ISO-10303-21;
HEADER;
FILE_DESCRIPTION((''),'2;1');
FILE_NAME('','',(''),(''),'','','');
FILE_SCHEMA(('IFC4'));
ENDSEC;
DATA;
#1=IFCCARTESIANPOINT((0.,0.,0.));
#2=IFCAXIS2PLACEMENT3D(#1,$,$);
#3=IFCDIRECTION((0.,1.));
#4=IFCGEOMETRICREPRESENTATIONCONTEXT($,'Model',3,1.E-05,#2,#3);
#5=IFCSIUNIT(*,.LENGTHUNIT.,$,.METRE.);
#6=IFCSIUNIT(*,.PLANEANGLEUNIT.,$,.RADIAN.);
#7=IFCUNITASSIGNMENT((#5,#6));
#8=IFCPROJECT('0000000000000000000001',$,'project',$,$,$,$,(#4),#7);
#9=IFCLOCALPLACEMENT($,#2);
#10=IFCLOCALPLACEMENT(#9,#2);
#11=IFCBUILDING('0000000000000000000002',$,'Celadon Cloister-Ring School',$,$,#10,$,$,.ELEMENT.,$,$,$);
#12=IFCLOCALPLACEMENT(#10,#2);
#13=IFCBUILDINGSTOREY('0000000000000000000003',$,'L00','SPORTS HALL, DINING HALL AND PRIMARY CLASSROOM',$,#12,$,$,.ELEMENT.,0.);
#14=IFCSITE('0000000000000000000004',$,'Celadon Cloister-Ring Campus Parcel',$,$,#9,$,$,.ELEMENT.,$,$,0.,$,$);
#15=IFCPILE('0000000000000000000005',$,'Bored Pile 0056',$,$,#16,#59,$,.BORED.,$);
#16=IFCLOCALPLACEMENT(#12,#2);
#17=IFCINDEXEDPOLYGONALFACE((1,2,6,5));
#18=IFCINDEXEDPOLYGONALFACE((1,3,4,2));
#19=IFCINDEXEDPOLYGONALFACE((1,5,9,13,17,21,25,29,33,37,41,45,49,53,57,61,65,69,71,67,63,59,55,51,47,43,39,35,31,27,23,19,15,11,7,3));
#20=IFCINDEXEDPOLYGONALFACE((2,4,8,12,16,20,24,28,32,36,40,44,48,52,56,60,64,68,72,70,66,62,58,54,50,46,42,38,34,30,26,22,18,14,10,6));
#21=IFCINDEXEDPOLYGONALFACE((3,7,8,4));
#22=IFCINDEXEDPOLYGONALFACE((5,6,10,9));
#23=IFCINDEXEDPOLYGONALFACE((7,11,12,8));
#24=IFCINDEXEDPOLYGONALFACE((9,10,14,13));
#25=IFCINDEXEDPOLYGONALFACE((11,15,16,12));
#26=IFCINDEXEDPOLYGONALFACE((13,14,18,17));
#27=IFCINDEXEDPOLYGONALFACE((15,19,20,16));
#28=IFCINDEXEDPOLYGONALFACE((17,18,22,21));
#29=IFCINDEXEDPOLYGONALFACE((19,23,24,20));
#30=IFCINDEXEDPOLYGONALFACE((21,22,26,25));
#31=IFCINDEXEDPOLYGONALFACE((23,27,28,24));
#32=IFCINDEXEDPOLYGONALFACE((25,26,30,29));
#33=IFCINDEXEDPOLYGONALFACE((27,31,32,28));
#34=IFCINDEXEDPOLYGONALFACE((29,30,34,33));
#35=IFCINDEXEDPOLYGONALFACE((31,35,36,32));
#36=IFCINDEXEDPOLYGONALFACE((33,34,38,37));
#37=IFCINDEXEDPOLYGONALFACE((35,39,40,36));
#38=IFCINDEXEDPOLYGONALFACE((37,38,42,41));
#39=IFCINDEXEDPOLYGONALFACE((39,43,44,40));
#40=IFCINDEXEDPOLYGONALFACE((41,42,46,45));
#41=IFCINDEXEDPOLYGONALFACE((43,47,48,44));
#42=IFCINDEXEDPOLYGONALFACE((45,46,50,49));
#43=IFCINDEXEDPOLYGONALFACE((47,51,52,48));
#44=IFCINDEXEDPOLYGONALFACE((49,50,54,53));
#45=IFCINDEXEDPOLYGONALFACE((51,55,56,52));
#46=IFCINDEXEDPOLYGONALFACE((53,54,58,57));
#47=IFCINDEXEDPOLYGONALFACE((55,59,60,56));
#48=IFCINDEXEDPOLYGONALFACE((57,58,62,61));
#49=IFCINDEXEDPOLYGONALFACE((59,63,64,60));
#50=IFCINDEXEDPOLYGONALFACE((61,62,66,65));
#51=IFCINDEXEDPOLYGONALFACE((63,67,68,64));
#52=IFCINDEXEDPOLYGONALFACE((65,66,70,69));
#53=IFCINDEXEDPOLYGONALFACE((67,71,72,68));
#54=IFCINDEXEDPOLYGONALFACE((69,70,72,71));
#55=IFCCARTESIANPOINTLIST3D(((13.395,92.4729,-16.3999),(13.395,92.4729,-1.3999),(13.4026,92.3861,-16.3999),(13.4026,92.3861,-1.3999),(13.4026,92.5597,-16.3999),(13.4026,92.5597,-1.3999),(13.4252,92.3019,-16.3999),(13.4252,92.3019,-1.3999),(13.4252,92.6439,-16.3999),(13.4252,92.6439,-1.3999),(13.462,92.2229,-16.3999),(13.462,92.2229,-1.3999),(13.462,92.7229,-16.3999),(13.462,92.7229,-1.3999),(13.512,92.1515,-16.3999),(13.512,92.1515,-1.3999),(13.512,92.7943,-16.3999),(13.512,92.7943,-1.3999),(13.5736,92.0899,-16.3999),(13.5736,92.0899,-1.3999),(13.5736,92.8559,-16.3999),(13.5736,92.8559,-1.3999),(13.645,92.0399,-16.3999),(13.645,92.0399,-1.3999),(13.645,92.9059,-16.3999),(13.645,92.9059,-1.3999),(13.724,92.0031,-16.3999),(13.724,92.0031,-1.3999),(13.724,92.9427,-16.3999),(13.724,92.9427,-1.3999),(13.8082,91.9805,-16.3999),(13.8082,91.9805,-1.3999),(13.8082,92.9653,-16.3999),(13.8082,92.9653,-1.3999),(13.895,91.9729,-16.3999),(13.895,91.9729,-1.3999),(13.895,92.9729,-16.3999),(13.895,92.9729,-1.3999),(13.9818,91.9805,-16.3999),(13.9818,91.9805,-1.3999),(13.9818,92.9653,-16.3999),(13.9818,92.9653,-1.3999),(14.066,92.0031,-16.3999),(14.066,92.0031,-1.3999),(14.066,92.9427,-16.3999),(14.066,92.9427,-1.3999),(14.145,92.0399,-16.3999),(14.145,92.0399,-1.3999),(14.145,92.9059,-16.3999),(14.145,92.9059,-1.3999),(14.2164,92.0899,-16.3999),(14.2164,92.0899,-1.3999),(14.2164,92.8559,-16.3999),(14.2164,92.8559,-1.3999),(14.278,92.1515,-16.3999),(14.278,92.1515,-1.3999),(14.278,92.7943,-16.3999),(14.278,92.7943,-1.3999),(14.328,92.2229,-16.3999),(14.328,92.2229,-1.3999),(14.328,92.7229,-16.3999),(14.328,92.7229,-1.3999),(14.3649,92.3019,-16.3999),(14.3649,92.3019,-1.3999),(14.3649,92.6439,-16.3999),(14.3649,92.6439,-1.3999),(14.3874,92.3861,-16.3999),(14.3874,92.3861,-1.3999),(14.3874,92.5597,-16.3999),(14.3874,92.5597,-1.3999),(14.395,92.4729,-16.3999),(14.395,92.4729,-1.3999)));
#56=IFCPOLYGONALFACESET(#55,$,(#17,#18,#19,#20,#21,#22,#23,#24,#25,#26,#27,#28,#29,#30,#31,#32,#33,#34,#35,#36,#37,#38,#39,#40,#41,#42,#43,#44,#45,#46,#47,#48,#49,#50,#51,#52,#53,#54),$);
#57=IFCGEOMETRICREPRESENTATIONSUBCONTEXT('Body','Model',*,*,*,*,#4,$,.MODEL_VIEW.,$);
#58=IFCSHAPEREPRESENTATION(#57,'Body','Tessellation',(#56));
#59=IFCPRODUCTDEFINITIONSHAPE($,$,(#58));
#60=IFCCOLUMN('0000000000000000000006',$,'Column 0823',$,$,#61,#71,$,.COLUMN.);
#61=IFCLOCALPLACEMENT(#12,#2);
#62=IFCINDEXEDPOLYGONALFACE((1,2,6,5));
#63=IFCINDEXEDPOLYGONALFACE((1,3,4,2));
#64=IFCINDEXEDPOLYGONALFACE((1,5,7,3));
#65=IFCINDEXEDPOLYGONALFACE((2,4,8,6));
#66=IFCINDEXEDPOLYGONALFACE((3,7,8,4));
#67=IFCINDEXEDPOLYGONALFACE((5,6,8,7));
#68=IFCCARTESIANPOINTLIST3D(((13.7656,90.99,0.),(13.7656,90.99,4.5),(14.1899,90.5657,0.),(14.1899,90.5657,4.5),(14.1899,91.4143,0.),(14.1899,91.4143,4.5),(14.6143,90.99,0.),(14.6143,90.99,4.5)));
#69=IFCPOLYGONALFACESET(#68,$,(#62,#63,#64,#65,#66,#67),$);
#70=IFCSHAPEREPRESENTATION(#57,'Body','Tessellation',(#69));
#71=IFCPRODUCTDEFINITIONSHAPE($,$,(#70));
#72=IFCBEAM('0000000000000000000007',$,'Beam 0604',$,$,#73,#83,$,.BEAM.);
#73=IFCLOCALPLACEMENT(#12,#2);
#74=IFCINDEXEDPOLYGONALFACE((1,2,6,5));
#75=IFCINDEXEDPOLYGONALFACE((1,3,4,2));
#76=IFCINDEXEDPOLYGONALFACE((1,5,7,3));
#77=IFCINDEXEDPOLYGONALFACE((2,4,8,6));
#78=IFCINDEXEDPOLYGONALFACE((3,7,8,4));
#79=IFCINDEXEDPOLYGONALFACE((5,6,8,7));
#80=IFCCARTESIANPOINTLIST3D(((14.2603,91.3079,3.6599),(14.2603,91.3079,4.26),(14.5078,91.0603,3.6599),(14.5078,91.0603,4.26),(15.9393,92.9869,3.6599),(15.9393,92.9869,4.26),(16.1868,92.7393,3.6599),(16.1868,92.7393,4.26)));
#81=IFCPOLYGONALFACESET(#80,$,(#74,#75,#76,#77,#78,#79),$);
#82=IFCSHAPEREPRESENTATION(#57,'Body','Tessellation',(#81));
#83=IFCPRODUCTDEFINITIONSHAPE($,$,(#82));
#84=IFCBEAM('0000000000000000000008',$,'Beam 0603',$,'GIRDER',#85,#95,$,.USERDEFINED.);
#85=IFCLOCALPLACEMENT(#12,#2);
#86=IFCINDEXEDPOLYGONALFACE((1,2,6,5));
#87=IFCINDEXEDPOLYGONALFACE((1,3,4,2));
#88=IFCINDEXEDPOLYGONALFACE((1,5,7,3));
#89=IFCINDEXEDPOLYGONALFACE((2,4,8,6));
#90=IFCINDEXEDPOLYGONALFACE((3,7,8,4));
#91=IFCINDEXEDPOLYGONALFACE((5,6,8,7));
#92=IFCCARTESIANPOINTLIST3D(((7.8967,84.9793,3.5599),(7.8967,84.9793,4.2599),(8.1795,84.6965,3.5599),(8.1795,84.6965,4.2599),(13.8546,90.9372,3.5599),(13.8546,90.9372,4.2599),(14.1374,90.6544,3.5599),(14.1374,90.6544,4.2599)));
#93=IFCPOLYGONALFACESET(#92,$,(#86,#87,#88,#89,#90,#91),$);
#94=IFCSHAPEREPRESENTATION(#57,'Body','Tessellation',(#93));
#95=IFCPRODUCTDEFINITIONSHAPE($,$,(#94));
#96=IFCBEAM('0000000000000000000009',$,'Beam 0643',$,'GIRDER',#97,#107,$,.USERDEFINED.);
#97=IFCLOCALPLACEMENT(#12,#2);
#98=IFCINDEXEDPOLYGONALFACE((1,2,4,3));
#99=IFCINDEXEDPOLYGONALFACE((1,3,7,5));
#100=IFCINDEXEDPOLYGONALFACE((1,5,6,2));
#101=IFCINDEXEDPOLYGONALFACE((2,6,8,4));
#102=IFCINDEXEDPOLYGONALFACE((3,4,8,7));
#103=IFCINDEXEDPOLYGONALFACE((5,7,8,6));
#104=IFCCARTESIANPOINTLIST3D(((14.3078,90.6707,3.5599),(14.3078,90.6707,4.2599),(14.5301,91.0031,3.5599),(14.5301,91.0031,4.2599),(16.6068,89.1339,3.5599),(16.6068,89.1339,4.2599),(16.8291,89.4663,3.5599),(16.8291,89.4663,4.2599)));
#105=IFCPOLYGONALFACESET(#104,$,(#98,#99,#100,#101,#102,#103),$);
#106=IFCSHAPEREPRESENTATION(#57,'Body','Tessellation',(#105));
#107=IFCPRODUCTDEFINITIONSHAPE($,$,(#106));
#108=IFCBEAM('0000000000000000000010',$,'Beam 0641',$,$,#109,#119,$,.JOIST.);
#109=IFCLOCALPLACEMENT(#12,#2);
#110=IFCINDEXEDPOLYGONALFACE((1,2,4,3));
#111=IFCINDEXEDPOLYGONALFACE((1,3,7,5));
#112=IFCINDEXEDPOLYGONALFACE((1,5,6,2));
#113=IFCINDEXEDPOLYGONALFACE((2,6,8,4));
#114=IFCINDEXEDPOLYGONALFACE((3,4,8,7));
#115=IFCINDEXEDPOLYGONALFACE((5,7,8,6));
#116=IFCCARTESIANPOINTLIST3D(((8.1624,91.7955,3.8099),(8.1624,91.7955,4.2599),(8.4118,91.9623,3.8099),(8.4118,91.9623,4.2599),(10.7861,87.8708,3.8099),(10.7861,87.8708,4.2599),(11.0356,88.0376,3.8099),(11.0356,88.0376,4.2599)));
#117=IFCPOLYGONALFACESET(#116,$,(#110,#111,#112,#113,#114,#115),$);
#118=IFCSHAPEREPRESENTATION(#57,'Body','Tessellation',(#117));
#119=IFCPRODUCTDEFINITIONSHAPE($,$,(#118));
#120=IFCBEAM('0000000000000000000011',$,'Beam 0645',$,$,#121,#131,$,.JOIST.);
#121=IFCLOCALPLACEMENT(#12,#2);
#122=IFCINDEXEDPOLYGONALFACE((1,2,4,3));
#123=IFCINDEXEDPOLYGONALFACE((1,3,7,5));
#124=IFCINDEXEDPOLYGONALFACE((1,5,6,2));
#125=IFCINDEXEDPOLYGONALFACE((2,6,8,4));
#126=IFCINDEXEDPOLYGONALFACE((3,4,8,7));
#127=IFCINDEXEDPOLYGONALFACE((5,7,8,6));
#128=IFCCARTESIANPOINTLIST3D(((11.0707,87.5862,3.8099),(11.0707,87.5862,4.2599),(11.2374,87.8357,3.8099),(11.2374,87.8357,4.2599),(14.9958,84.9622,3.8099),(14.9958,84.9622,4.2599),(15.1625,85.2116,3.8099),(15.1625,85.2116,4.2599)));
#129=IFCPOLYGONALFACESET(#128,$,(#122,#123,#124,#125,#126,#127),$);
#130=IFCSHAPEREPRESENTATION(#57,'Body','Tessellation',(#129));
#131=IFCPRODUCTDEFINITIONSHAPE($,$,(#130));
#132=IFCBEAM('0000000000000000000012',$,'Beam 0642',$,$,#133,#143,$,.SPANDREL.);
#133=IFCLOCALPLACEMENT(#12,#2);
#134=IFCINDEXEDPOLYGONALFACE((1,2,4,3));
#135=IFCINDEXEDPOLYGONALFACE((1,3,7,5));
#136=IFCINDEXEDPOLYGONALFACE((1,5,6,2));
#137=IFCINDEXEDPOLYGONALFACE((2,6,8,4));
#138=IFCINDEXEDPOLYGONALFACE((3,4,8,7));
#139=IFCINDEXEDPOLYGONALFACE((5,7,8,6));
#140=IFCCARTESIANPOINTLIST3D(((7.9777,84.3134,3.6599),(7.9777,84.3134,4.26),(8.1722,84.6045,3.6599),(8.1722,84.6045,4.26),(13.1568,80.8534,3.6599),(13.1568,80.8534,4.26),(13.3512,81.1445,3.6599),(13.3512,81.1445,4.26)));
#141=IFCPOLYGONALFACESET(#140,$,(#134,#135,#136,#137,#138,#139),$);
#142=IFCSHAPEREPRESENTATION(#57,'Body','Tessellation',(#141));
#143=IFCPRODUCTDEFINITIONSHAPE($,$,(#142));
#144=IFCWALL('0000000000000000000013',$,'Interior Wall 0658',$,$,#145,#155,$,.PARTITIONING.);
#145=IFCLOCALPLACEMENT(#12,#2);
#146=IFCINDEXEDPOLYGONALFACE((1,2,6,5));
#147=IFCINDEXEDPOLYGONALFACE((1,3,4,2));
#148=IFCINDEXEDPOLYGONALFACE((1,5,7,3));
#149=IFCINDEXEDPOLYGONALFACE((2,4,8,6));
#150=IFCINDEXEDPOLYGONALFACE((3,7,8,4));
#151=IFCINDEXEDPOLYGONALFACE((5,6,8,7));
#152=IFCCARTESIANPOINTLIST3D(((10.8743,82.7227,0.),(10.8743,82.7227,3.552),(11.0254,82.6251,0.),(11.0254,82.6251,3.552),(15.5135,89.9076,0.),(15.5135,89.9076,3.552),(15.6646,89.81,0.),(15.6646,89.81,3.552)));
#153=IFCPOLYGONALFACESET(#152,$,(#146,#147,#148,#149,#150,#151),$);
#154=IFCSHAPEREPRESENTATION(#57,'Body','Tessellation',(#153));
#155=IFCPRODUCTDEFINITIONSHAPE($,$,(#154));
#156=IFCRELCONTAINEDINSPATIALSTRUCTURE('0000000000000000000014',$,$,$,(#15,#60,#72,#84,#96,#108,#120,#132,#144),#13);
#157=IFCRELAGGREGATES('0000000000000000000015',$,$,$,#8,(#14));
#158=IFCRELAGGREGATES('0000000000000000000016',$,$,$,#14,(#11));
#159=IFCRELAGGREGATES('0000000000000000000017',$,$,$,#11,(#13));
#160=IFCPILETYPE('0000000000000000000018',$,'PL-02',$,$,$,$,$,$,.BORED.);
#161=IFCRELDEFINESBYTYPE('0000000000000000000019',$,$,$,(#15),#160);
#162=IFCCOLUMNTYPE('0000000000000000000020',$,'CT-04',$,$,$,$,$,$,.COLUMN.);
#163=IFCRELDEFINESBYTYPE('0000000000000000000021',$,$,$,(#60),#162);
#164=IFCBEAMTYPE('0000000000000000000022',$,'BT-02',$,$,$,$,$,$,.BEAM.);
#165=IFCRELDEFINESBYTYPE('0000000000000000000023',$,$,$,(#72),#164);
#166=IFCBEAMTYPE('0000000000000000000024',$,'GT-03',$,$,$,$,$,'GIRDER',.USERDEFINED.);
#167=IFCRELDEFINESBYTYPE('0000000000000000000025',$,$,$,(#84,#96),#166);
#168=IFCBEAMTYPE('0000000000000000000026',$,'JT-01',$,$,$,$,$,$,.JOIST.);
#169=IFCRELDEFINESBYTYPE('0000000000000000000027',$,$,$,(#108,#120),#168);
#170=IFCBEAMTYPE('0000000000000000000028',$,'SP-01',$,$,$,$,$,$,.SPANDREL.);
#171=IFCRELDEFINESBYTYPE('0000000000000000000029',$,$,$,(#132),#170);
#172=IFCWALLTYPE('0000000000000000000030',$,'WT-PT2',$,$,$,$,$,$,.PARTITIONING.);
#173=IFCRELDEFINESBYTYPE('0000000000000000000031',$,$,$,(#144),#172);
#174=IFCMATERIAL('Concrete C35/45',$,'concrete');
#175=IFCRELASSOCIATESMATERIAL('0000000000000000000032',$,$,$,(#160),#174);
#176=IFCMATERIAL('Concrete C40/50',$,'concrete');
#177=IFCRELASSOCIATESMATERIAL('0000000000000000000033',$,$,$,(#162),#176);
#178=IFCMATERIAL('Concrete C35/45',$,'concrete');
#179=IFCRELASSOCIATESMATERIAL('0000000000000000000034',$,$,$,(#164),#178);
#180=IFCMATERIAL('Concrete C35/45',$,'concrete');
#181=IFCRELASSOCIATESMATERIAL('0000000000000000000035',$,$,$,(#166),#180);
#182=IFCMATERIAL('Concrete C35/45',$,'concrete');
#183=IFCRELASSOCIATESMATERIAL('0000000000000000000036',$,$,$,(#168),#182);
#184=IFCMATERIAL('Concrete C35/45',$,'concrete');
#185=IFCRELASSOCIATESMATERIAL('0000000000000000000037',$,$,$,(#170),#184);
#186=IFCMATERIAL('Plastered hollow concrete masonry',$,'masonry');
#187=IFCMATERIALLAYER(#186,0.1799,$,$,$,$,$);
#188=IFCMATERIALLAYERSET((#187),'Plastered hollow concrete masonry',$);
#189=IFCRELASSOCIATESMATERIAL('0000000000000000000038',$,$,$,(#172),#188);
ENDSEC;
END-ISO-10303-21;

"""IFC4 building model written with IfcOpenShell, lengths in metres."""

from ifc_helpers import new_model, si_unit, direction, frame, frame_2d, origin, origin_2d, place, context, subcontext, project, spatial, rectangle, circle, extrude, material, layer, layer_set, material_profile, profile_set, type_object, element, save


model = new_model("IFC4")

# Units and contexts
model_context = context("Model", 3, precision=1e-05, world=origin(), true_north=direction((0.0, 1.0)))
body_context = subcontext(model_context, "Body", "Model", "MODEL_VIEW")
ifc_project = project(units=[si_unit("LENGTHUNIT", "METRE"), si_unit("PLANEANGLEUNIT", "RADIAN")], contexts=[model_context])

# Site, building, storey
site_placement = place(None, origin())
site = spatial("IfcSite", under=ifc_project, at=site_placement, Name="Celadon Cloister-Ring Campus Parcel", CompositionType="ELEMENT", RefElevation=0.0)
building_placement = place(site_placement, origin())
building = spatial("IfcBuilding", under=site, at=building_placement, Name="Celadon Cloister-Ring School", CompositionType="ELEMENT")
storey_placement = place(building_placement, origin())
storey = spatial("IfcBuildingStorey", under=building, at=storey_placement, Name="L00", Description="SPORTS HALL, DINING HALL AND PRIMARY CLASSROOM", CompositionType="ELEMENT", Elevation=0.0)

# Pile
ifc_material_1 = material(Name="Concrete C35/45", Category="concrete")
ifc_material_profile_1 = material_profile(ifc_material_1, circle(Radius=0.5, at=origin_2d()), Name="PILE1000")
ifc_profile_set_1 = profile_set([ifc_material_profile_1], Name="Concrete C35/45")
pile_type = type_object("IfcPileType", Name="PL-02", PredefinedType="BORED", material=ifc_profile_set_1)
pile_placement = place(storey_placement, frame((13.895, 92.4729, -1.3999), z_axis=(0.0, 0.0, -1.0), x_axis=(1.0, 0.0, 0.0)))
element("IfcPile", 1, at=pile_placement, inside=storey, type_object=pile_type, Name="Bored Pile 0056", PredefinedType="BORED", context=body_context, shape_type="SweptSolid", body=[
    extrude(circle(Radius=0.5, at=origin_2d()), origin(), (0.0, 0.0, 1.0), 15.0),
])

# Column
ifc_material_2 = material(Name="Concrete C40/50", Category="concrete")
ifc_material_profile_2 = material_profile(ifc_material_2, rectangle(XDim=0.6001, YDim=0.6001, at=origin_2d()), Name="RC600X600")
ifc_profile_set_2 = profile_set([ifc_material_profile_2], Name="Concrete C40/50")
column_type = type_object("IfcColumnType", Name="CT-04", PredefinedType="COLUMN", material=ifc_profile_set_2)
column_placement = place(storey_placement, frame((14.1899, 90.99, 0.0), z_axis=(0.0, 0.0, 1.0), x_axis=(-0.707107, -0.707107, 0.0)))
element("IfcColumn", 2, at=column_placement, inside=storey, type_object=column_type, Name="Column 0823", PredefinedType="COLUMN", context=body_context, shape_type="SweptSolid", body=[
    extrude(rectangle(XDim=0.6001, YDim=0.6001, at=origin_2d()), origin(), (0.0, 0.0, 1.0), 4.5),
])

# Beams
ifc_material_3 = material(Name="Concrete C35/45", Category="concrete")
ifc_material_profile_3 = material_profile(ifc_material_3, rectangle(XDim=0.3501, YDim=0.6001, at=origin_2d()), Name="RC350X600")
ifc_profile_set_3 = profile_set([ifc_material_profile_3], Name="Concrete C35/45")
beam_type_1 = type_object("IfcBeamType", Name="BT-02", PredefinedType="BEAM", material=ifc_profile_set_3)
beam_1_placement = place(storey_placement, frame((14.384, 91.1841, 3.96), z_axis=(0.707107, 0.707107, 0.0), x_axis=(-0.707107, 0.707107, 0.0)))
element("IfcBeam", 3, at=beam_1_placement, inside=storey, type_object=beam_type_1, Name="Beam 0604", PredefinedType="BEAM", context=body_context, shape_type="SweptSolid", body=[
    extrude(rectangle(XDim=0.3501, YDim=0.6001, at=origin_2d()), origin(), (0.0, 0.0, 1.0), 2.3745),
])
ifc_material_4 = material(Name="Concrete C35/45", Category="concrete")
ifc_material_profile_4 = material_profile(ifc_material_4, rectangle(XDim=0.3999, YDim=0.7, at=origin_2d()), Name="RC400X700")
ifc_profile_set_4 = profile_set([ifc_material_profile_4], Name="Concrete C35/45")
beam_type_2 = type_object("IfcBeamType", Name="GT-03", ElementType="GIRDER", PredefinedType="USERDEFINED", material=ifc_profile_set_4)
beam_2_placement = place(storey_placement, frame((8.0381, 84.8379, 3.9099), z_axis=(0.707107, 0.707107, 0.0), x_axis=(-0.707107, 0.707107, 0.0)))
element("IfcBeam", 4, at=beam_2_placement, inside=storey, type_object=beam_type_2, Name="Beam 0603", ObjectType="GIRDER", PredefinedType="USERDEFINED", context=body_context, shape_type="SweptSolid", body=[
    extrude(rectangle(XDim=0.3999, YDim=0.7, at=origin_2d()), origin(), (0.0, 0.0, 1.0), 8.4258),
])
beam_3_placement = place(storey_placement, frame((14.4189, 90.8369, 3.9099), z_axis=(0.831357, -0.555739, 0.0), x_axis=(0.555739, 0.831357, 0.0)))
element("IfcBeam", 5, at=beam_3_placement, inside=storey, type_object=beam_type_2, Name="Beam 0643", ObjectType="GIRDER", PredefinedType="USERDEFINED", context=body_context, shape_type="SweptSolid", body=[
    extrude(rectangle(XDim=0.3999, YDim=0.7, at=origin_2d()), origin(), (0.0, 0.0, 1.0), 2.7654),
])
ifc_material_5 = material(Name="Concrete C35/45", Category="concrete")
ifc_material_profile_5 = material_profile(ifc_material_5, rectangle(XDim=0.3, YDim=0.45, at=origin_2d()), Name="RC300X450")
ifc_profile_set_5 = profile_set([ifc_material_profile_5], Name="Concrete C35/45")
beam_type_3 = type_object("IfcBeamType", Name="JT-01", PredefinedType="JOIST", material=ifc_profile_set_5)
beam_4_placement = place(storey_placement, frame((8.2871, 91.8789, 4.0349), z_axis=(0.555762, -0.831342, 0.0), x_axis=(0.831342, 0.555762, 0.0)))
element("IfcBeam", 6, at=beam_4_placement, inside=storey, type_object=beam_type_3, Name="Beam 0641", PredefinedType="JOIST", context=body_context, shape_type="SweptSolid", body=[
    extrude(rectangle(XDim=0.3, YDim=0.45, at=origin_2d()), origin(), (0.0, 0.0, 1.0), 4.7209),
])
beam_5_placement = place(storey_placement, frame((11.1541, 87.7109, 4.0349), z_axis=(0.831334, -0.555774, 0.0), x_axis=(0.555774, 0.831334, 0.0)))
element("IfcBeam", 7, at=beam_5_placement, inside=storey, type_object=beam_type_3, Name="Beam 0645", PredefinedType="JOIST", context=body_context, shape_type="SweptSolid", body=[
    extrude(rectangle(XDim=0.3, YDim=0.45, at=origin_2d()), origin(), (0.0, 0.0, 1.0), 4.7214),
])
ifc_material_6 = material(Name="Concrete C35/45", Category="concrete")
ifc_material_profile_6 = material_profile(ifc_material_6, rectangle(XDim=0.3501, YDim=0.6001, at=origin_2d()), Name="RC350X600")
ifc_profile_set_6 = profile_set([ifc_material_profile_6], Name="Concrete C35/45")
beam_type_4 = type_object("IfcBeamType", Name="SP-01", PredefinedType="SPANDREL", material=ifc_profile_set_6)
beam_6_placement = place(storey_placement, frame((8.075, 84.459, 3.96), z_axis=(0.831507, -0.555514, 0.0), x_axis=(0.555514, 0.831507, 0.0)))
element("IfcBeam", 8, at=beam_6_placement, inside=storey, type_object=beam_type_4, Name="Beam 0642", PredefinedType="SPANDREL", context=body_context, shape_type="SweptSolid", body=[
    extrude(rectangle(XDim=0.3501, YDim=0.6001, at=origin_2d()), origin(), (0.0, 0.0, 1.0), 6.2285),
])

# Wall
ifc_material_7 = material(Name="Plastered hollow concrete masonry", Category="masonry")
ifc_layer_1 = layer(ifc_material_7, 0.1799)
ifc_layer_set_1 = layer_set([ifc_layer_1], Name="Plastered hollow concrete masonry")
wall_type_1 = type_object("IfcWallType", Name="WT-PT2", PredefinedType="PARTITIONING", material=ifc_layer_set_1)
wall_1_placement = place(storey_placement, frame((15.5891, 89.8589, 0.0), z_axis=(0.0, 0.0, 1.0), x_axis=(-0.54244, -0.840094, 0.0)))
element("IfcWall", 9, at=wall_1_placement, inside=storey, type_object=wall_type_1, Name="Interior Wall 0658", PredefinedType="PARTITIONING", context=body_context, shape_type="SweptSolid", body=[
    extrude(rectangle(XDim=8.5525, YDim=0.1799, at=frame_2d((4.2764, 0.0))), origin(), (0.0, 0.0, 1.0), 3.552),
])

save(model, "model.ifc")
